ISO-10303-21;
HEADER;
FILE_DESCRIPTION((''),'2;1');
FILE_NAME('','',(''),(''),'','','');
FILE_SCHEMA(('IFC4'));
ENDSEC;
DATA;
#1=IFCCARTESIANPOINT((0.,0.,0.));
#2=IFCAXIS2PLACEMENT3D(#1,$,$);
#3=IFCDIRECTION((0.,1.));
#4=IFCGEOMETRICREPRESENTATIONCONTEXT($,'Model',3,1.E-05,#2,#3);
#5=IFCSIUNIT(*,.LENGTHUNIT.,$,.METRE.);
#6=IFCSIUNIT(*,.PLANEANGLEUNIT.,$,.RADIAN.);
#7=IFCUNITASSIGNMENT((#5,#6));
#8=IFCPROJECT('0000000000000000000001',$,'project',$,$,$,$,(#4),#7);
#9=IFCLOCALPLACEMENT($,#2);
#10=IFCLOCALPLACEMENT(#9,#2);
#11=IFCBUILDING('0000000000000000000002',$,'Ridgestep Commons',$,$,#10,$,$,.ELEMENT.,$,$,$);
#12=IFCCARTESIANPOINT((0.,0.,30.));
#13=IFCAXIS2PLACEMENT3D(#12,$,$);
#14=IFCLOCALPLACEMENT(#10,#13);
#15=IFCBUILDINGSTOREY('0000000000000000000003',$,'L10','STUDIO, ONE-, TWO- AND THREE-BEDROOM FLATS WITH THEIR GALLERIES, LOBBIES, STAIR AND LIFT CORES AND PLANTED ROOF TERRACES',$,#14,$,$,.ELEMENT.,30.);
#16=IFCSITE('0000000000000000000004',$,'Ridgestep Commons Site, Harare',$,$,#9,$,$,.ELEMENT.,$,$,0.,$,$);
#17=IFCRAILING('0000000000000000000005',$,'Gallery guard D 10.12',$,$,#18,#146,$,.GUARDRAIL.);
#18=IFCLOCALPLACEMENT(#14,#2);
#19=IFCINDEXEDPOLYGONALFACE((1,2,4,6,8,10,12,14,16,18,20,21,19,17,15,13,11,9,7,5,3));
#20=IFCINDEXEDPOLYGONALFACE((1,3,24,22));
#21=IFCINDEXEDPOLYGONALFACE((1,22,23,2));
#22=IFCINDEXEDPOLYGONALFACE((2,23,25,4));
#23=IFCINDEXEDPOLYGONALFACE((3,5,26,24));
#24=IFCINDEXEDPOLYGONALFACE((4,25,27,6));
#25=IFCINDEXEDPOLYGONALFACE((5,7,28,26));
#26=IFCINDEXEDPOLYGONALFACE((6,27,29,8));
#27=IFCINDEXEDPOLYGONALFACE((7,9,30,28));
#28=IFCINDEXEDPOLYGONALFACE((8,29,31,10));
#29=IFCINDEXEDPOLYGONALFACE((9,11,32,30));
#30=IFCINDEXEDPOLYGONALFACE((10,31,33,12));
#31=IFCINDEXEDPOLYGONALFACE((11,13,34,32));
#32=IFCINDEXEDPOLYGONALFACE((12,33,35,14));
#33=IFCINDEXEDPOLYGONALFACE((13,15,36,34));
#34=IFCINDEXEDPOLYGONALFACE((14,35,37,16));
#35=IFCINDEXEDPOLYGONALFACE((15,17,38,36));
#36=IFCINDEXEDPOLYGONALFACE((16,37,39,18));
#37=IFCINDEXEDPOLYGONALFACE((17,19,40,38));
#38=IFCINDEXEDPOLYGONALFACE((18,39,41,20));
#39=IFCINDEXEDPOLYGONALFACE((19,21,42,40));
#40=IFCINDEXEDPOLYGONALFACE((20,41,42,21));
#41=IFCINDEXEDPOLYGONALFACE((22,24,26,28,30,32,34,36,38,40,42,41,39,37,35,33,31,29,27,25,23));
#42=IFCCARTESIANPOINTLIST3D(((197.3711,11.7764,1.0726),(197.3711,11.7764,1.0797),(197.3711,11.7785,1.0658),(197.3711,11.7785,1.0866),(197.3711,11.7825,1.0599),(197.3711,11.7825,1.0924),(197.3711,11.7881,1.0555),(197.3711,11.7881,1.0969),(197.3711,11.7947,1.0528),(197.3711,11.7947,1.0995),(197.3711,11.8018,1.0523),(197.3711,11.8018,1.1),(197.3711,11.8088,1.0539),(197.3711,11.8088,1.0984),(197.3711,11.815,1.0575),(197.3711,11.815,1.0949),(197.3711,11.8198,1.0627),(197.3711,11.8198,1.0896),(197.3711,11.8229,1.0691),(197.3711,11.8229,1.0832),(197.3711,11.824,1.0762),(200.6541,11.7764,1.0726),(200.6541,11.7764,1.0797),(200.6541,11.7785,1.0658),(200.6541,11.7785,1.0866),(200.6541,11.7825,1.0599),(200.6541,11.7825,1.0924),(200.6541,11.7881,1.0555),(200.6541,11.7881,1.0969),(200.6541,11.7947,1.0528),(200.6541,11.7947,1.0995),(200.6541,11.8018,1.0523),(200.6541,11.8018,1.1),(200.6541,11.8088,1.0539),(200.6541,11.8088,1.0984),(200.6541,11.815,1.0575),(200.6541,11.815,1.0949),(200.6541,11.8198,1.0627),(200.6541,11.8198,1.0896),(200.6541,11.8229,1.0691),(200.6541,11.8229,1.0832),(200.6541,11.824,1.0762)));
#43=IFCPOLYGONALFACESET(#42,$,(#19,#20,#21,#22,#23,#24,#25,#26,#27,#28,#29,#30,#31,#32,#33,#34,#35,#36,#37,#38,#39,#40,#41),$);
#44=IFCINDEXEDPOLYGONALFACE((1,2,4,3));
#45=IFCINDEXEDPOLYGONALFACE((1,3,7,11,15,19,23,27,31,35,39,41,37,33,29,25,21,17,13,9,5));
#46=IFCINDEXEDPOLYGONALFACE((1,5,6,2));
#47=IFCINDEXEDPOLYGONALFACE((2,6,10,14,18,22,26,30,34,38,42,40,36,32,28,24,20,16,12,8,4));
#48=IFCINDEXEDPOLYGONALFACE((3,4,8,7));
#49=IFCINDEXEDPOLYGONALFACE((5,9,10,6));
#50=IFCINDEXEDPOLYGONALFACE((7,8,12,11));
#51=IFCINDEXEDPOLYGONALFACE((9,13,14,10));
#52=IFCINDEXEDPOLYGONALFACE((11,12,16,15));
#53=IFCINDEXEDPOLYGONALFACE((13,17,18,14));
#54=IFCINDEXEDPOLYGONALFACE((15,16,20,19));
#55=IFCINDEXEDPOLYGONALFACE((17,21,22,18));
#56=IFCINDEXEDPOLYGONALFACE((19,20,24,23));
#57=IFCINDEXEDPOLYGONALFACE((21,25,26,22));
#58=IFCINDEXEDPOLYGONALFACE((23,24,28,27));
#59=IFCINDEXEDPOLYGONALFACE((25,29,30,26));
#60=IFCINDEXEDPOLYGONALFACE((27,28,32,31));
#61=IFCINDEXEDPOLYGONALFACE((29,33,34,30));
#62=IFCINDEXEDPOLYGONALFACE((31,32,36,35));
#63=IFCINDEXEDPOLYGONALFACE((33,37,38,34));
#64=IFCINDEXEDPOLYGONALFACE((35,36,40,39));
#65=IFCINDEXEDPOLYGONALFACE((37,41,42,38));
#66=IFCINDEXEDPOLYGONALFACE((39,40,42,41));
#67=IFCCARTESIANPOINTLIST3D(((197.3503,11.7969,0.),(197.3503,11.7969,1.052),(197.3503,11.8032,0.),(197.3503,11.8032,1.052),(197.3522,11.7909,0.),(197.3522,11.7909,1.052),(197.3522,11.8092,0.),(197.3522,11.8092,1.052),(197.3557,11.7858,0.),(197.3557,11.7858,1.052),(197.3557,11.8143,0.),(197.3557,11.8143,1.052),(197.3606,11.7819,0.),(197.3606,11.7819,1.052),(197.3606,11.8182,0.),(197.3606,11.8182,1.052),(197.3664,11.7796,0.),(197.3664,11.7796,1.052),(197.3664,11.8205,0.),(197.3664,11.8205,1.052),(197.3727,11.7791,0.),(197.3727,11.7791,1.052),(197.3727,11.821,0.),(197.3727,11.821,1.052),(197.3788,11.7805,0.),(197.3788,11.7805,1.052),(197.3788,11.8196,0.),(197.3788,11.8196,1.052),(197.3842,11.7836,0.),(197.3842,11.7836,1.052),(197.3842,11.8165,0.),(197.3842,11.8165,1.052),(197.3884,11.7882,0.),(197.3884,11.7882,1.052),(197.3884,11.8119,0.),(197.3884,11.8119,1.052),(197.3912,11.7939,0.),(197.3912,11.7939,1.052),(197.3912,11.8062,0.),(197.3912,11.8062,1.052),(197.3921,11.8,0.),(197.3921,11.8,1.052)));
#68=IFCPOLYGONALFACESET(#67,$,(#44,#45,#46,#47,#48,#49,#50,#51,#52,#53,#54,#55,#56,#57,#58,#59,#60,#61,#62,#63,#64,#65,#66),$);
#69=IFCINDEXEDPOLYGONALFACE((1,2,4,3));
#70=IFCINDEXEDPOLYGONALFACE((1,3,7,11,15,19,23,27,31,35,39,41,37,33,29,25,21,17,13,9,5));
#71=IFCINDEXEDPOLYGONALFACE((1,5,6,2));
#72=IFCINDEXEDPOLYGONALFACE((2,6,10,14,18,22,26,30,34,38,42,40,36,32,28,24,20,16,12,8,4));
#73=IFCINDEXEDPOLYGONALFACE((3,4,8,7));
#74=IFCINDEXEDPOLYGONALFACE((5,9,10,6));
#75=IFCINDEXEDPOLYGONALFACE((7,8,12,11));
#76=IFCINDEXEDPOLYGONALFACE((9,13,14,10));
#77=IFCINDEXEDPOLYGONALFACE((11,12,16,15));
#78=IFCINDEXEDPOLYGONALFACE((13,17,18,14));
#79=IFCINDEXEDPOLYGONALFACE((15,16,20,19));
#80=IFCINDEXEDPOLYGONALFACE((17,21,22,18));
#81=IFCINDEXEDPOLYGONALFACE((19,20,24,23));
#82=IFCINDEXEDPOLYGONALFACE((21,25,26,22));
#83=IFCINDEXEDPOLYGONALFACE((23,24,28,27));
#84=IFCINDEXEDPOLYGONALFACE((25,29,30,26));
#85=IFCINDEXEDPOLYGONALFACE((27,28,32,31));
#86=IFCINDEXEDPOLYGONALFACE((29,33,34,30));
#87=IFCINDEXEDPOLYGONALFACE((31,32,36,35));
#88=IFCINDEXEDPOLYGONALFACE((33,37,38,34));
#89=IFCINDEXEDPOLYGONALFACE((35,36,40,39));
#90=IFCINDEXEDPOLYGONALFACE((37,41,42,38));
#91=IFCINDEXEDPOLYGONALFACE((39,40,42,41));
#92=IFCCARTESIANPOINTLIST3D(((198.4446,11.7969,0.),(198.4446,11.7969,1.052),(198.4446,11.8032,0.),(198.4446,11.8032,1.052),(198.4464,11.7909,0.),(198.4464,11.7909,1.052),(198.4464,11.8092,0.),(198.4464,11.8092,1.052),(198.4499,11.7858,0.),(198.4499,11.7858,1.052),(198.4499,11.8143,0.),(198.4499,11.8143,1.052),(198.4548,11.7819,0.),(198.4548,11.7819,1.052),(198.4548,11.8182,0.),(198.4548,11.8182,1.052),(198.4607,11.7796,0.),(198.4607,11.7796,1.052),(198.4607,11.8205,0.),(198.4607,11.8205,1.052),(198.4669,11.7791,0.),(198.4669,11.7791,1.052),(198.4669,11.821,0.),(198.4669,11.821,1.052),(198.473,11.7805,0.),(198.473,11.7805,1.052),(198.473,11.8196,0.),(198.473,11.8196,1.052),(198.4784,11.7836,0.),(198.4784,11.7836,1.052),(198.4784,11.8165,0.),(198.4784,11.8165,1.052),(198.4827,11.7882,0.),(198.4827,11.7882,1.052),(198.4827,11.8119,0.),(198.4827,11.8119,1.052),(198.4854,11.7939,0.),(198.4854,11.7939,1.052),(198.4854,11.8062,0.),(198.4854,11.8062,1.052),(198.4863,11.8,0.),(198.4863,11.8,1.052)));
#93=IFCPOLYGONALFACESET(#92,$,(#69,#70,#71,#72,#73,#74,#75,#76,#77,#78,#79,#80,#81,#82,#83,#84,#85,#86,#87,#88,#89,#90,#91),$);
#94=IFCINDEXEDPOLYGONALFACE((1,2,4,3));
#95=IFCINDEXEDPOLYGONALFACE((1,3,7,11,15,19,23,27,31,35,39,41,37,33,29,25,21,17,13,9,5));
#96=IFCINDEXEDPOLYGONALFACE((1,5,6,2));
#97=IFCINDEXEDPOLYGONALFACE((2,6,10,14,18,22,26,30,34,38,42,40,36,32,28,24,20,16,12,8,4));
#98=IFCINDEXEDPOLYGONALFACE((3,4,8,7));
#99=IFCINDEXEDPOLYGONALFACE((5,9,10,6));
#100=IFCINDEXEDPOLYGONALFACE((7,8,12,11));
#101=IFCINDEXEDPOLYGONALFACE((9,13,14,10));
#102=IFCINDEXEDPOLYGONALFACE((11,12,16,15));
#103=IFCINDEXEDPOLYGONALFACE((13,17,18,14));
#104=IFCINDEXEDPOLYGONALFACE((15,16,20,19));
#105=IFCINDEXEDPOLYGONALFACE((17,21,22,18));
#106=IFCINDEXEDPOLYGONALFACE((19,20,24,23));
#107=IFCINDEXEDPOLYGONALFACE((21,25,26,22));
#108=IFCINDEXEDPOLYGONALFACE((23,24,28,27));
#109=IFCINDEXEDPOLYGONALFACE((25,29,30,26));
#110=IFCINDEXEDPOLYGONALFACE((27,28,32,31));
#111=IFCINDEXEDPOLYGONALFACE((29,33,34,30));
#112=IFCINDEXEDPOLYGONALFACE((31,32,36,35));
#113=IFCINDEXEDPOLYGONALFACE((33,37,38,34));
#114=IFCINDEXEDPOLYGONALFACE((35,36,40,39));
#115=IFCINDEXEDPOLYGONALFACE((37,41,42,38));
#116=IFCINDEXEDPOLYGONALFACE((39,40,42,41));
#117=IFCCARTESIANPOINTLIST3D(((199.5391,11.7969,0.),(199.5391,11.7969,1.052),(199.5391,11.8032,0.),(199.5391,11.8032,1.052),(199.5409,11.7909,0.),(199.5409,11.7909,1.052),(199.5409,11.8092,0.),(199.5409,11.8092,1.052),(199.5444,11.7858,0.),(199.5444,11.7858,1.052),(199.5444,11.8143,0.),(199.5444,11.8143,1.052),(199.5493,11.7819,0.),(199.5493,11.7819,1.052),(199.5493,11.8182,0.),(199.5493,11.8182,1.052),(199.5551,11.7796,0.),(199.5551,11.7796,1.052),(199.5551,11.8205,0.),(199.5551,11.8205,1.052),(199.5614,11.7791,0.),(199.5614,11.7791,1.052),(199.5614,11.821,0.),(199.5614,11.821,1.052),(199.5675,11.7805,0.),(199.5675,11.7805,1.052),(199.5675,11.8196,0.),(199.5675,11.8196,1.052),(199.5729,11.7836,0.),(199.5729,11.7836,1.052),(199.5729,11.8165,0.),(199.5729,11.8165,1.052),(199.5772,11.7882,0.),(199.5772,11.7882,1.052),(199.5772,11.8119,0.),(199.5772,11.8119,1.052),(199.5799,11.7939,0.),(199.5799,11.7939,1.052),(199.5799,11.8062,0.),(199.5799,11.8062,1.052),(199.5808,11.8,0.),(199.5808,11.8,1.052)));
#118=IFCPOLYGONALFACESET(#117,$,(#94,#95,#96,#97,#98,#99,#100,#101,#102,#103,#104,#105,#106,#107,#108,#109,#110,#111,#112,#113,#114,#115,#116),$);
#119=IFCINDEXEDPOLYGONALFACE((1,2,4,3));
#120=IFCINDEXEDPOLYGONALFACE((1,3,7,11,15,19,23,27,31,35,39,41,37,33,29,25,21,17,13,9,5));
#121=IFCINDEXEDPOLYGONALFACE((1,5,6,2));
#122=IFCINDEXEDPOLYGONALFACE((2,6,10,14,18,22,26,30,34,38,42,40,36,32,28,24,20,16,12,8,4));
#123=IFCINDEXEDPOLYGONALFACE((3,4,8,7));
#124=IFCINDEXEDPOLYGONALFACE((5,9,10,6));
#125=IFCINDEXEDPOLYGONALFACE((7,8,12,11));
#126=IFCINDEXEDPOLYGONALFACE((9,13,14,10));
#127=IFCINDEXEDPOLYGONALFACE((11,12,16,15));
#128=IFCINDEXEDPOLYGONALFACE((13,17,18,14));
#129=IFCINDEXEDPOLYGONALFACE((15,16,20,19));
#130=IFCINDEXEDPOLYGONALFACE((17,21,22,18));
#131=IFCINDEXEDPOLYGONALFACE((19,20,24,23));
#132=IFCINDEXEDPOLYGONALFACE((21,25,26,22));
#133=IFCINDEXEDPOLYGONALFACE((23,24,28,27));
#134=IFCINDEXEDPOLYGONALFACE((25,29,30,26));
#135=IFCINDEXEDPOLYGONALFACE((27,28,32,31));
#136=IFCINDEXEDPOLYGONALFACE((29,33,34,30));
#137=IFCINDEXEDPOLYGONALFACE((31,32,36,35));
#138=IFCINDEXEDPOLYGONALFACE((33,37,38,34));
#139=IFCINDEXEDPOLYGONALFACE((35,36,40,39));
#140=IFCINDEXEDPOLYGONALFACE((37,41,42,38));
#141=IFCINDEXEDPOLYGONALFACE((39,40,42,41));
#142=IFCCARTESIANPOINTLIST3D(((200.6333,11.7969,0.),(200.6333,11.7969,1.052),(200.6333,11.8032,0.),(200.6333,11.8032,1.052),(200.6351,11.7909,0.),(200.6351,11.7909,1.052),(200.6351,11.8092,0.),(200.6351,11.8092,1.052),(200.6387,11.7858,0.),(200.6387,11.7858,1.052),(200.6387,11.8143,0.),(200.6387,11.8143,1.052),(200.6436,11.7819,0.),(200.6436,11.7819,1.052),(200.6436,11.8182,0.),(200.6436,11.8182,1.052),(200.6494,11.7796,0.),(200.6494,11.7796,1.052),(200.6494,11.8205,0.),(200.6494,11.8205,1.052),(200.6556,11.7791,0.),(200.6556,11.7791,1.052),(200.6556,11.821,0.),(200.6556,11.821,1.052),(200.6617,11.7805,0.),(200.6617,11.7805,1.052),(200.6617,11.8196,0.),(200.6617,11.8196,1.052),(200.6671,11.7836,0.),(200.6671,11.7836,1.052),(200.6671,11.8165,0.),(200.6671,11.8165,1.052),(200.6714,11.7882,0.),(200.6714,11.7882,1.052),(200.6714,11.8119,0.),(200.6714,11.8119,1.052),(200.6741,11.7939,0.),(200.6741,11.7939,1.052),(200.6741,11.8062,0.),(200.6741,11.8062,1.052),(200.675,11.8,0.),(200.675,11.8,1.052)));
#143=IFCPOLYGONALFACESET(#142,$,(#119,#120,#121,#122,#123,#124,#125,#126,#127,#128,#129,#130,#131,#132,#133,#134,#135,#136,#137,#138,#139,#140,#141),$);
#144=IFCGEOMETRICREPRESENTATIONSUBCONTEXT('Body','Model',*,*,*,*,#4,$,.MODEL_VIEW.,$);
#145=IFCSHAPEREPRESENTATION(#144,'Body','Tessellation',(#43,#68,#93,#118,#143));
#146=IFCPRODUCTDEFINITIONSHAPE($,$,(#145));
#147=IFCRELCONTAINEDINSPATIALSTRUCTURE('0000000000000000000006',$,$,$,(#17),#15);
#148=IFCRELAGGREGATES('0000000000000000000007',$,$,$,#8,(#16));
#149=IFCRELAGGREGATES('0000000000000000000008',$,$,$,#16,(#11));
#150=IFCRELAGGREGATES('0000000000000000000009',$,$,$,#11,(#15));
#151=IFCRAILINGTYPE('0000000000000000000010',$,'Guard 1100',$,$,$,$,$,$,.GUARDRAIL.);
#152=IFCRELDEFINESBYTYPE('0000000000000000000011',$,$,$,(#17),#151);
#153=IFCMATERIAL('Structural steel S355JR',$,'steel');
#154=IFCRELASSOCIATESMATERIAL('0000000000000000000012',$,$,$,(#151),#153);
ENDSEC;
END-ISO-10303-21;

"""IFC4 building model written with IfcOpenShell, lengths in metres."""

from ifc_helpers import new_model, si_unit, direction, frame, origin, origin_2d, place, context, subcontext, project, spatial, circle, extrude, material, type_object, element, save


model = new_model("IFC4")

# Units and contexts
model_context = context("Model", 3, precision=1e-05, world=origin(), true_north=direction((0.0, 1.0)))
body_context = subcontext(model_context, "Body", "Model", "MODEL_VIEW")
ifc_project = project(units=[si_unit("LENGTHUNIT", "METRE"), si_unit("PLANEANGLEUNIT", "RADIAN")], contexts=[model_context])

# Site, building, storey
site_placement = place(None, origin())
site = spatial("IfcSite", under=ifc_project, at=site_placement, Name="Ridgestep Commons Site, Harare", CompositionType="ELEMENT", RefElevation=0.0)
building_placement = place(site_placement, origin())
building = spatial("IfcBuilding", under=site, at=building_placement, Name="Ridgestep Commons", CompositionType="ELEMENT")
storey_placement = place(building_placement, frame((0.0, 0.0, 30.0)))
storey = spatial("IfcBuildingStorey", under=building, at=storey_placement, Name="L10", Description="STUDIO, ONE-, TWO- AND THREE-BEDROOM FLATS WITH THEIR GALLERIES, LOBBIES, STAIR AND LIFT CORES AND PLANTED ROOF TERRACES", CompositionType="ELEMENT", Elevation=30.0)

# Railing
ifc_material_1 = material(Name="Structural steel S355JR", Category="steel")
railing_type = type_object("IfcRailingType", Name="Guard 1100", PredefinedType="GUARDRAIL", material=ifc_material_1)
railing_placement = place(storey_placement, frame((197.3711, 11.8, 0.0)))
element("IfcRailing", 1, at=railing_placement, inside=storey, type_object=railing_type, Name="Gallery guard D 10.12", PredefinedType="GUARDRAIL", context=body_context, shape_type="SweptSolid", body=[
    extrude(circle(Radius=0.0239, at=origin_2d()), frame((0.0, 0.0, 1.0762), z_axis=(1.0, 0.0, 0.0), x_axis=(0.0, 1.0, 0.0)), (0.0, 0.0, 1.0), 3.283),
    extrude(circle(Radius=0.021, at=origin_2d()), origin(), (0.0, 0.0, 1.0), 1.052),
    extrude(circle(Radius=0.021, at=origin_2d()), frame((1.0942, 0.0, 0.0)), (0.0, 0.0, 1.0), 1.052),
    extrude(circle(Radius=0.021, at=origin_2d()), frame((2.1887, 0.0, 0.0)), (0.0, 0.0, 1.0), 1.052),
    extrude(circle(Radius=0.021, at=origin_2d()), frame((3.283, 0.0, 0.0)), (0.0, 0.0, 1.0), 1.052),
])

save(model, "model.ifc")
